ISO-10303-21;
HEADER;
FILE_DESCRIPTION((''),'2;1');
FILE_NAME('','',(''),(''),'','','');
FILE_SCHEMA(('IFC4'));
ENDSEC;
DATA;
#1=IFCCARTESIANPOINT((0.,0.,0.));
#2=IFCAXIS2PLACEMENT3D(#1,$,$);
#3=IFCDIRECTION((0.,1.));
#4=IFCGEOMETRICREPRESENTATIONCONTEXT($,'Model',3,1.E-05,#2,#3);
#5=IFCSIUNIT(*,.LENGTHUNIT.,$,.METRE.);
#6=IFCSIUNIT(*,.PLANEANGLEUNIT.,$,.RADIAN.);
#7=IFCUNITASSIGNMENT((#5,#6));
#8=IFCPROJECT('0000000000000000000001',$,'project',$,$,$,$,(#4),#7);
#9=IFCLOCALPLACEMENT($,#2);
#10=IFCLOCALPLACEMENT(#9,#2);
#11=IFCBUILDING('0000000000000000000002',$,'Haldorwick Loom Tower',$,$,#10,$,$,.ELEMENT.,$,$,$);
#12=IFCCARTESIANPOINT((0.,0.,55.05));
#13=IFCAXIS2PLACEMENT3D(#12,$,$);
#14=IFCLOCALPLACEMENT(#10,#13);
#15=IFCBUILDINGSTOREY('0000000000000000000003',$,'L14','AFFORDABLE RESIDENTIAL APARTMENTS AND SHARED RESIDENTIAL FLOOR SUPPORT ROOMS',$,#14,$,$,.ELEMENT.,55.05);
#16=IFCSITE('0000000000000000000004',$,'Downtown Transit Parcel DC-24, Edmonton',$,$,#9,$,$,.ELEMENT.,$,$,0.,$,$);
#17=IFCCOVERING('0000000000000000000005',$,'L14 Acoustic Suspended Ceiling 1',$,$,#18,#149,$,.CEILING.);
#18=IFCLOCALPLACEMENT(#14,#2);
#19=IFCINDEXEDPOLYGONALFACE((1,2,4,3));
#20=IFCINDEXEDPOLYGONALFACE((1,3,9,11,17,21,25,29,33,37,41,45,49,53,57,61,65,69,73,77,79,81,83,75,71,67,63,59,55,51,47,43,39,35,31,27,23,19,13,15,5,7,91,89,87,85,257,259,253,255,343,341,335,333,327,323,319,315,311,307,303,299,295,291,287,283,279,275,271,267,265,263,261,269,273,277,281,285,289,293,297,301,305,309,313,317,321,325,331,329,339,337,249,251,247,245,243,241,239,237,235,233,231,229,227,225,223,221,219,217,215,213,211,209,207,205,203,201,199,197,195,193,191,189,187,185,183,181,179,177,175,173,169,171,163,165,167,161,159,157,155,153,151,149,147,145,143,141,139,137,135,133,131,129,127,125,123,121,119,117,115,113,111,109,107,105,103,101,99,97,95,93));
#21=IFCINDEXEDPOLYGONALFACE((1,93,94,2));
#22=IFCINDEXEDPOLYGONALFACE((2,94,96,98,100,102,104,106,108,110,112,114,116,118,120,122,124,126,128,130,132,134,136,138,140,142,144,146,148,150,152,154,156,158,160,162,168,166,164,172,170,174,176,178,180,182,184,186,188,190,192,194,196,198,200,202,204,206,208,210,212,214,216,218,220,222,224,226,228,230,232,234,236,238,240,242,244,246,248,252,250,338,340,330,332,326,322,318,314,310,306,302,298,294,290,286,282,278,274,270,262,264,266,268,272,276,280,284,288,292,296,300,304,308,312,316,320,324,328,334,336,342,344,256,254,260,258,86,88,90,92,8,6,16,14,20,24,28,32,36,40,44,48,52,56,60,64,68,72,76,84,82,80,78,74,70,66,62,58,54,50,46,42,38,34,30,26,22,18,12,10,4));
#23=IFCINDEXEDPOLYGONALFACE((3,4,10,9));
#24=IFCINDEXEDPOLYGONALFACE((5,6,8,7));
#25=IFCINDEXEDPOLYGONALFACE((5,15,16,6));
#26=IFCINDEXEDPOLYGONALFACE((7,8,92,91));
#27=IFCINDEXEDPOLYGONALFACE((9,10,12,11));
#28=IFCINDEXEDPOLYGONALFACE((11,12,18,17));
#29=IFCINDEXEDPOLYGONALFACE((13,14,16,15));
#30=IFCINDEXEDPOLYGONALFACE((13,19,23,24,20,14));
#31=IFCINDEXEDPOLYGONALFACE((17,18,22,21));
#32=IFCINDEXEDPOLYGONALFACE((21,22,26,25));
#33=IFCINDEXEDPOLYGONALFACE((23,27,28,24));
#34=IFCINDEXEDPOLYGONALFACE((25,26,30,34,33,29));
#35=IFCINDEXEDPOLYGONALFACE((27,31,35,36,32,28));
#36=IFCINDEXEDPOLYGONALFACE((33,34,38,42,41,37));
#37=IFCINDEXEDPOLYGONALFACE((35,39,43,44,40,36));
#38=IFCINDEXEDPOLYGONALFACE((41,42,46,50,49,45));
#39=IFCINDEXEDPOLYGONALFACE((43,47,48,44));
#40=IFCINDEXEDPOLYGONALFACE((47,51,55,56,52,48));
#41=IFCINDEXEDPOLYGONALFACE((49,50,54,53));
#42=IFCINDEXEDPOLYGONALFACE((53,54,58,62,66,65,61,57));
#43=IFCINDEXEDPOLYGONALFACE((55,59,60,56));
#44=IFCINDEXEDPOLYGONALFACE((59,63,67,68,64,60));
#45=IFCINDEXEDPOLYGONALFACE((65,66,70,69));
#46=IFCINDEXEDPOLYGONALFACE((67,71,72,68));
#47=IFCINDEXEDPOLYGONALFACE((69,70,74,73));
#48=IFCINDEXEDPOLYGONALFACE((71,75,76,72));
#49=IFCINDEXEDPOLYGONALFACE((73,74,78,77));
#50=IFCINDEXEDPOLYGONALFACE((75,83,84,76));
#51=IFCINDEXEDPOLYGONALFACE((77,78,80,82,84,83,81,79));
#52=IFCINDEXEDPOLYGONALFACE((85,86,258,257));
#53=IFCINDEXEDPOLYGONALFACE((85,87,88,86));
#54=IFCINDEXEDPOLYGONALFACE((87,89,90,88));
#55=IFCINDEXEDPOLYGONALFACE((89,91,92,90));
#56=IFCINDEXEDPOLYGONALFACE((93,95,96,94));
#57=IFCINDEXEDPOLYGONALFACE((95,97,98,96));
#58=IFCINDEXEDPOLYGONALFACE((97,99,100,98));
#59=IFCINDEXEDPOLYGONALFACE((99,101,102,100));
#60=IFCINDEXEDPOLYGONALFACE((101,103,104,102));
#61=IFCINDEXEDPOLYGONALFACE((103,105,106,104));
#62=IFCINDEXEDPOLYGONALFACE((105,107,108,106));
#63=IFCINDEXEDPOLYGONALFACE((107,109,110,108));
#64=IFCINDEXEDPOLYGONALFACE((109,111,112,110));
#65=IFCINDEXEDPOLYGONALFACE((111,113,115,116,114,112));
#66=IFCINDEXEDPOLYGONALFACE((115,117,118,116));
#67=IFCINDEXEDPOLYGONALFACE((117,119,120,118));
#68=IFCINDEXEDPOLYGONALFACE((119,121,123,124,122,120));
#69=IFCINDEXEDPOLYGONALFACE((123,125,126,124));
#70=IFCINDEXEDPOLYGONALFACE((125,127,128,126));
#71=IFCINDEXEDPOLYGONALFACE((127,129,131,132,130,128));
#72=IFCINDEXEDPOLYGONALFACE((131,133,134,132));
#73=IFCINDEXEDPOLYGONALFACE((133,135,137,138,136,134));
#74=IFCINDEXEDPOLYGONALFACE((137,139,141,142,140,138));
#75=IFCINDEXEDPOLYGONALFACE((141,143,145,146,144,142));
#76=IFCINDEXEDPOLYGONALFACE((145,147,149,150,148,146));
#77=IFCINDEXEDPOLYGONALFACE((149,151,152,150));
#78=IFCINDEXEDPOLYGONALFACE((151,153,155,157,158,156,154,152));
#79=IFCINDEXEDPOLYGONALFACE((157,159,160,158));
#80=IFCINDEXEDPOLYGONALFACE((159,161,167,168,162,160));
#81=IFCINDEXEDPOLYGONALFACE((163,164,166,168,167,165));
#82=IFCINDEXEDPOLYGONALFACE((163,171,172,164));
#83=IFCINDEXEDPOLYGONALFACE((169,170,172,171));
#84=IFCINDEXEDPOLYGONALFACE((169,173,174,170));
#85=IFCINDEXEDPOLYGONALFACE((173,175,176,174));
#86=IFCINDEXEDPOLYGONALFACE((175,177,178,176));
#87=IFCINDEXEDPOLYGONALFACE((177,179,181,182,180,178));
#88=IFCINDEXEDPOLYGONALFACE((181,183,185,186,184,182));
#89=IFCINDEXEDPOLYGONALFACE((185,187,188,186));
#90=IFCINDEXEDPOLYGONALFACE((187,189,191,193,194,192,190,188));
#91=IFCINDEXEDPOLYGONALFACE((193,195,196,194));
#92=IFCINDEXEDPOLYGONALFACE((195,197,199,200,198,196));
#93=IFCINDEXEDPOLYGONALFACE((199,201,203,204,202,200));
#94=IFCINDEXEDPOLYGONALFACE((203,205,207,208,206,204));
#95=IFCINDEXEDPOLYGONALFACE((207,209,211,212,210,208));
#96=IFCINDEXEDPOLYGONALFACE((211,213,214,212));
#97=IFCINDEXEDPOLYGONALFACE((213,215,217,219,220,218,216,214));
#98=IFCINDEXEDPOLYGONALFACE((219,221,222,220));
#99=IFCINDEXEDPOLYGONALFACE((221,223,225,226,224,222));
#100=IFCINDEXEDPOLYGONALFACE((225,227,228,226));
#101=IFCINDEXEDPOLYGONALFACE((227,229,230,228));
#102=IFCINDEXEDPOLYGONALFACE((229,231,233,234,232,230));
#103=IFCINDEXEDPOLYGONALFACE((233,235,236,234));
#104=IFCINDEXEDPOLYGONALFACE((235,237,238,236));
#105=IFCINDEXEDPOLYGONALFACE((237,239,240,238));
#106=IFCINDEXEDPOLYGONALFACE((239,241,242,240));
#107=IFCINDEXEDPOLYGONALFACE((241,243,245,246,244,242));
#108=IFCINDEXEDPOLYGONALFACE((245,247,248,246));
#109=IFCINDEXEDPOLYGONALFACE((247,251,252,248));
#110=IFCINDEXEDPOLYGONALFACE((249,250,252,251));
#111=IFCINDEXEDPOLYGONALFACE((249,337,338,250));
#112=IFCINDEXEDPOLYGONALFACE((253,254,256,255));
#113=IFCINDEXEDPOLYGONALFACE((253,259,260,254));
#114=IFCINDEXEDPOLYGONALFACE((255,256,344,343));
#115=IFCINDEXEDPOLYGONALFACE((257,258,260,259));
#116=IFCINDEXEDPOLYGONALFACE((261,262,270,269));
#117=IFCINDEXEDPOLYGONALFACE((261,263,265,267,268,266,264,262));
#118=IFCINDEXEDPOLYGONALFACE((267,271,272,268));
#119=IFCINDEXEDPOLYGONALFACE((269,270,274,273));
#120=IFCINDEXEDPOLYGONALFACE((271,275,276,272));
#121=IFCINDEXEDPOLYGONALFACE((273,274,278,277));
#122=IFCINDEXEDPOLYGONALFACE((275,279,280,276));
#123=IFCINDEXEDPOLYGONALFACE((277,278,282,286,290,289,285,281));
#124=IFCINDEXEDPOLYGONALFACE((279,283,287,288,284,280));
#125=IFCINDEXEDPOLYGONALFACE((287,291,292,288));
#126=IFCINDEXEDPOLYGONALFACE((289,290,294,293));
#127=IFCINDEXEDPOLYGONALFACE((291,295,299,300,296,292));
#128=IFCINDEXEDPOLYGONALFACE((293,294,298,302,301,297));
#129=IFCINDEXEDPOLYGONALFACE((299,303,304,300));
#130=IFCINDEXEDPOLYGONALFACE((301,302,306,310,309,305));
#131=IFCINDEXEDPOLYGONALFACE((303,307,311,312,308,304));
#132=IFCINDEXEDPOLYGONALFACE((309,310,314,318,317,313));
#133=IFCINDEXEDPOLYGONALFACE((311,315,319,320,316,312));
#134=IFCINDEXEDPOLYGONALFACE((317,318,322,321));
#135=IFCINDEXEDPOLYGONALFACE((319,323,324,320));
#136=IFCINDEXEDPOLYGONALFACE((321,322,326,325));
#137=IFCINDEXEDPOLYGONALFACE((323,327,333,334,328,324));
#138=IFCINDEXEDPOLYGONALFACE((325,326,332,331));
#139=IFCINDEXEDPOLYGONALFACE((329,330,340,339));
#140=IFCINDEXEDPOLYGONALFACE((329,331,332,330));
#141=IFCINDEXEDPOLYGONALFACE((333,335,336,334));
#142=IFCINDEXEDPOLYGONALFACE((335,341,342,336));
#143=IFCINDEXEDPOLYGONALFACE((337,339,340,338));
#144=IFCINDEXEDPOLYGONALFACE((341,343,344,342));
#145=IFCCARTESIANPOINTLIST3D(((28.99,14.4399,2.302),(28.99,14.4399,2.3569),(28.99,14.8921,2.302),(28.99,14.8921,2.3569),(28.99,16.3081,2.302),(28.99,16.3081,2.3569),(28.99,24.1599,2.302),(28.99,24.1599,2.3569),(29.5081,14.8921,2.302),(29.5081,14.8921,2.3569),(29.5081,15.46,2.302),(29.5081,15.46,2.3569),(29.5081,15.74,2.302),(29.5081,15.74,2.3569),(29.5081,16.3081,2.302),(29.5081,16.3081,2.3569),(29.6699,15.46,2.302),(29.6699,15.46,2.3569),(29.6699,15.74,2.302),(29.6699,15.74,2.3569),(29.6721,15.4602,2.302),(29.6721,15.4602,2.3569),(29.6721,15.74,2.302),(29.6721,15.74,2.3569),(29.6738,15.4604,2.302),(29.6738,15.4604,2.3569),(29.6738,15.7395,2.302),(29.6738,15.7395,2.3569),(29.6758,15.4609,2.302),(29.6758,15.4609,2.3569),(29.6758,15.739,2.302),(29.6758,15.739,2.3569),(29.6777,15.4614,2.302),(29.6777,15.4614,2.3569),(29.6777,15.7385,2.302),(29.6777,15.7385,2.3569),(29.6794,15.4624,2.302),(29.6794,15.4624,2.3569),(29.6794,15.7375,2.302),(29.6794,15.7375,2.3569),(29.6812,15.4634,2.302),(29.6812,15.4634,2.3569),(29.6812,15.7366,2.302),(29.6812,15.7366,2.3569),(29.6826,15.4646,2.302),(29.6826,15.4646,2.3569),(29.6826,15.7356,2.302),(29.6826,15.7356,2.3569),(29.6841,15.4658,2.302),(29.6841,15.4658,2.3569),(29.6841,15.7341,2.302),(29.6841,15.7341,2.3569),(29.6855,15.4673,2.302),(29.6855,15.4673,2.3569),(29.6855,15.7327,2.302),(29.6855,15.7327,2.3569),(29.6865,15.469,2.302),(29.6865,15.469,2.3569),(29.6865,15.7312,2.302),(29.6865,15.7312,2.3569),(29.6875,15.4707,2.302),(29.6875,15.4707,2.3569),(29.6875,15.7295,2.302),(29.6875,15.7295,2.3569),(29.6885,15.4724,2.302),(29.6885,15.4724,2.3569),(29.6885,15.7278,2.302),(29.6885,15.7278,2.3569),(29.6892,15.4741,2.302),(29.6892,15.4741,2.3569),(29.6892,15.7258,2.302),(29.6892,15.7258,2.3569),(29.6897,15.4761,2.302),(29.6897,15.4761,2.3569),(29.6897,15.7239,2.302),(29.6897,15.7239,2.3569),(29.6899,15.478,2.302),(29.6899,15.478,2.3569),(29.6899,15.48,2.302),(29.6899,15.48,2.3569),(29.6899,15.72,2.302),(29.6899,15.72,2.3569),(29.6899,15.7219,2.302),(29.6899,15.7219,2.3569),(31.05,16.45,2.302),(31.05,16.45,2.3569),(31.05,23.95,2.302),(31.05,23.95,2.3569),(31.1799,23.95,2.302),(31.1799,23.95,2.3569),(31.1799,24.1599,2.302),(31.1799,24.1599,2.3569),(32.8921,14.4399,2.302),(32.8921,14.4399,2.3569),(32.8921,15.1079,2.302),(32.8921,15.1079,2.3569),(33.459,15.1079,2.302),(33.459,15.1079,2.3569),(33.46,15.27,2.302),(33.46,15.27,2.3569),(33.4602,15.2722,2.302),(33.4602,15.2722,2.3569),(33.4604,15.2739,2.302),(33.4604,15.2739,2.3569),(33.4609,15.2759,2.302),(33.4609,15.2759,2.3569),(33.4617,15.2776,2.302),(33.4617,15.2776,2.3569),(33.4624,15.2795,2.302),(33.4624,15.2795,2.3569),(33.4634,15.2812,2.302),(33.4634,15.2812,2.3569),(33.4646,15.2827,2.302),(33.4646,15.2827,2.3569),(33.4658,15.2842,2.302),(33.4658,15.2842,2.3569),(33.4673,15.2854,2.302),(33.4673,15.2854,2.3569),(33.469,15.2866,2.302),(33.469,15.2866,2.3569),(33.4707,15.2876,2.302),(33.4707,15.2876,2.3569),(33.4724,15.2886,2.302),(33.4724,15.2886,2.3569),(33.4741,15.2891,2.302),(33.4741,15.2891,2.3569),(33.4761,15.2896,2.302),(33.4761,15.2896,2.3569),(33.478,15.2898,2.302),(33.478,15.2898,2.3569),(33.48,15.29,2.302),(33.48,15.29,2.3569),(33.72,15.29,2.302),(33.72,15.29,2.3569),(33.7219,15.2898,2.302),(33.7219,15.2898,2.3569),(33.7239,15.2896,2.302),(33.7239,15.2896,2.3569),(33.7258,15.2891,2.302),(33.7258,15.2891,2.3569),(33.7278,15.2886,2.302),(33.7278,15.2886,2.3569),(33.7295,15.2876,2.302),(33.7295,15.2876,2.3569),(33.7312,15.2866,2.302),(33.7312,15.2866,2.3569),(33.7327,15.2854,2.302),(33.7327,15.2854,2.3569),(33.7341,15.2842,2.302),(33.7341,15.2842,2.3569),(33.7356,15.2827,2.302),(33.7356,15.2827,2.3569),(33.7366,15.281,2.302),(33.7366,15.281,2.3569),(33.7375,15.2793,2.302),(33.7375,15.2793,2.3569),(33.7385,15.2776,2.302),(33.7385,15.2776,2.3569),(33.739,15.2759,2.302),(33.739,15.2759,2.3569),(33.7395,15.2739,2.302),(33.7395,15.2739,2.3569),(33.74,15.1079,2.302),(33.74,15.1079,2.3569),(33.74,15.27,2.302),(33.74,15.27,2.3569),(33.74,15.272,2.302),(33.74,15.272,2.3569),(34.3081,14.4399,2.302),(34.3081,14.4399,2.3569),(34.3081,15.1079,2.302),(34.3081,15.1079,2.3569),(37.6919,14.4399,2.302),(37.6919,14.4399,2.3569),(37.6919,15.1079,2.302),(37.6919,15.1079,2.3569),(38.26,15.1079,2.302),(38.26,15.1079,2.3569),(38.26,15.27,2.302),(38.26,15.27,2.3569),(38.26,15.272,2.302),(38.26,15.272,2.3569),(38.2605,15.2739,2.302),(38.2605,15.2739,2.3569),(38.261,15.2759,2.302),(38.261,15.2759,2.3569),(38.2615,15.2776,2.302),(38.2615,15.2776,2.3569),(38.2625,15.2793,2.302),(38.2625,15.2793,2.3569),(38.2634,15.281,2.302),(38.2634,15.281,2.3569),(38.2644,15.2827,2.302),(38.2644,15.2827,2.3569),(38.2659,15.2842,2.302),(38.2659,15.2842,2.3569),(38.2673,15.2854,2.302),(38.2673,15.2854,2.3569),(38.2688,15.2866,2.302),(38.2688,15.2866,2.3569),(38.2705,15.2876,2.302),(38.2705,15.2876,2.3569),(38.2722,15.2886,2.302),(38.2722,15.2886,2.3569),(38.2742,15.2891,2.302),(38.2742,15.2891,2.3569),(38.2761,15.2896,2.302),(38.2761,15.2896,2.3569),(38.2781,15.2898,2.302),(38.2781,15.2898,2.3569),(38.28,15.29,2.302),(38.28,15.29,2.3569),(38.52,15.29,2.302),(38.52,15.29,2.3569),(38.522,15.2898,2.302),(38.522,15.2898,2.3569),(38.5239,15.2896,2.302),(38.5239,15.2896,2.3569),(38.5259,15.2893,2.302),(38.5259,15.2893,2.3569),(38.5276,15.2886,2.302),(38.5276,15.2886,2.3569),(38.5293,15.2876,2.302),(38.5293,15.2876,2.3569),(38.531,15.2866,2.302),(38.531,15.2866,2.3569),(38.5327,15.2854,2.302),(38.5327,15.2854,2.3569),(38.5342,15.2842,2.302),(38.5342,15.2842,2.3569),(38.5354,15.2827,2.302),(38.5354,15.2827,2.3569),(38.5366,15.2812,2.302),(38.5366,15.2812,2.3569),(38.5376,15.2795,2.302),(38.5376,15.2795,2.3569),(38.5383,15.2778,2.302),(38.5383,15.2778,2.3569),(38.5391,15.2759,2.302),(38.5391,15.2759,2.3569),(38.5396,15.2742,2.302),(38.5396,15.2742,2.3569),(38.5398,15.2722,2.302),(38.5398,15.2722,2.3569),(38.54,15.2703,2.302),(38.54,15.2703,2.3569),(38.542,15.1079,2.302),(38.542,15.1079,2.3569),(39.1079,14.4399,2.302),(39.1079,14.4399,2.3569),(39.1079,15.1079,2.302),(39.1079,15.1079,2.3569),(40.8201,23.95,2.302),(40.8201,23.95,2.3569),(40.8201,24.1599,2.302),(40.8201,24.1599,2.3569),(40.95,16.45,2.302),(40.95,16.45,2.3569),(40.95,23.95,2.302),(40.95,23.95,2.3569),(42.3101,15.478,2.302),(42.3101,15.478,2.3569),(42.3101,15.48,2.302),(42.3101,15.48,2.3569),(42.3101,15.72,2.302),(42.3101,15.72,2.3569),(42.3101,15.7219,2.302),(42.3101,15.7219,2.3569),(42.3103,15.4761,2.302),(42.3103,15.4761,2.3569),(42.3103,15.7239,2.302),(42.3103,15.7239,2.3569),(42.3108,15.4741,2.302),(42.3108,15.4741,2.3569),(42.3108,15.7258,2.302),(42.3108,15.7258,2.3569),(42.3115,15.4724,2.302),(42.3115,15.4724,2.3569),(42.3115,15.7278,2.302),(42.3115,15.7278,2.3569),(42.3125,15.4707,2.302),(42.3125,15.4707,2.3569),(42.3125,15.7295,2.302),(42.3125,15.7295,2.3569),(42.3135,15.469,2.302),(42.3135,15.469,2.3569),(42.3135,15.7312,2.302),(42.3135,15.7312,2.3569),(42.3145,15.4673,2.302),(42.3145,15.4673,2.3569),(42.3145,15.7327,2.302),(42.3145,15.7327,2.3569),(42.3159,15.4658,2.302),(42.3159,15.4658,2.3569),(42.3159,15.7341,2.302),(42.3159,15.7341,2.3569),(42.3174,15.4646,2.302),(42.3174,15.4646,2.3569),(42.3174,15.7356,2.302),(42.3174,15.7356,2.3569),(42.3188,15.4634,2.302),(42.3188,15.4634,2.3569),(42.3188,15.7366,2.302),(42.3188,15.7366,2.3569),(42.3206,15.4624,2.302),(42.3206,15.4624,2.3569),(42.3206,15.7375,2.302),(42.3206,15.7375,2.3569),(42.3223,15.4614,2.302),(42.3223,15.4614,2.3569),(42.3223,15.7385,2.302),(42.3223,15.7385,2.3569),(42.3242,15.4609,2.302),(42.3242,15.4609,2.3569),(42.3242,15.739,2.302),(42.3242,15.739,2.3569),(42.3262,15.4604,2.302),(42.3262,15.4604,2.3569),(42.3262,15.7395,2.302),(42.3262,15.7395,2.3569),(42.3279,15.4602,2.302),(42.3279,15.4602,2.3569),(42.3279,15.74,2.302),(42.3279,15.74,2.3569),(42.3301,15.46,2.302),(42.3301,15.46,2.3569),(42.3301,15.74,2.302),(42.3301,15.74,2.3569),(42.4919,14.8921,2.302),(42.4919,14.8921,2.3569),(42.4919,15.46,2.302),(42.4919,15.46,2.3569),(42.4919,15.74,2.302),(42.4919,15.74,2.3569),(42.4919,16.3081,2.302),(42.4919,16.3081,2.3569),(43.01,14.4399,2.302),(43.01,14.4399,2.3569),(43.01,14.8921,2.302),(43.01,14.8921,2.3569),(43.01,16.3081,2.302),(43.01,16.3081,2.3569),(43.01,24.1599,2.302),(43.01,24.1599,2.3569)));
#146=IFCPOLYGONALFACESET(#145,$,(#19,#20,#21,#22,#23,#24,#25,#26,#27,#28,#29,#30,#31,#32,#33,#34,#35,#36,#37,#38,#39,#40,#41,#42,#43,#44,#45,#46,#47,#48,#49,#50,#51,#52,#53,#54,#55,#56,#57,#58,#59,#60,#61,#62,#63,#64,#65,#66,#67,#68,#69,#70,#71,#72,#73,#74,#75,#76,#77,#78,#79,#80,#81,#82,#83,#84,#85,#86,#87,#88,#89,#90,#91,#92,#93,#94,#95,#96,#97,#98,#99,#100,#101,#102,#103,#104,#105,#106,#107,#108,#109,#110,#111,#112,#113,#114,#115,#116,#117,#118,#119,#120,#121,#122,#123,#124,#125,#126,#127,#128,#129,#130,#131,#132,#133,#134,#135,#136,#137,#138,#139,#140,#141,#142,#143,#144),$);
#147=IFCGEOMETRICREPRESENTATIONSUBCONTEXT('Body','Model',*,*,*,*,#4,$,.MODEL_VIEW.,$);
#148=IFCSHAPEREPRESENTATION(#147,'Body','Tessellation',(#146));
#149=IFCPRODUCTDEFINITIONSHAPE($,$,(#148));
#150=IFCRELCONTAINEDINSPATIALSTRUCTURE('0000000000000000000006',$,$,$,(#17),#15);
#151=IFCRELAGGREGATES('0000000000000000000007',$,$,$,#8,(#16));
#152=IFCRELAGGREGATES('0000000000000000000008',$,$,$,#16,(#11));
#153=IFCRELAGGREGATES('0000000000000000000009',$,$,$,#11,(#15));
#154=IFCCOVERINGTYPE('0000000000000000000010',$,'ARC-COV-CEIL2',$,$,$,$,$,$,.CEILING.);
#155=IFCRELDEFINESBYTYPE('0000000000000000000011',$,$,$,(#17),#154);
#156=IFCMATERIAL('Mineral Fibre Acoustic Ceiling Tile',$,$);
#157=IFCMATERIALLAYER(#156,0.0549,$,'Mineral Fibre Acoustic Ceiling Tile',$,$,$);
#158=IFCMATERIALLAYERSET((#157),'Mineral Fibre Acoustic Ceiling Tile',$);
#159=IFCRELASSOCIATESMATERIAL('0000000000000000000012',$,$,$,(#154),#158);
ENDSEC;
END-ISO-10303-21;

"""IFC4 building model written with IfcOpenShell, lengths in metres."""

from ifc_helpers import new_model, si_unit, direction, frame, origin, place, context, subcontext, project, spatial, polyline, outline, extrude, material, layer, layer_set, type_object, element, save


model = new_model("IFC4")

# Units and contexts
model_context = context("Model", 3, precision=1e-05, world=origin(), true_north=direction((0.0, 1.0)))
body_context = subcontext(model_context, "Body", "Model", "MODEL_VIEW")
ifc_project = project(units=[si_unit("LENGTHUNIT", "METRE"), si_unit("PLANEANGLEUNIT", "RADIAN")], contexts=[model_context])

# Site, building, storey
site_placement = place(None, origin())
site = spatial("IfcSite", under=ifc_project, at=site_placement, Name="Downtown Transit Parcel DC-24, Edmonton", CompositionType="ELEMENT", RefElevation=0.0)
building_placement = place(site_placement, origin())
building = spatial("IfcBuilding", under=site, at=building_placement, Name="Haldorwick Loom Tower", CompositionType="ELEMENT")
storey_placement = place(building_placement, frame((0.0, 0.0, 55.05)))
storey = spatial("IfcBuildingStorey", under=building, at=storey_placement, Name="L14", Description="AFFORDABLE RESIDENTIAL APARTMENTS AND SHARED RESIDENTIAL FLOOR SUPPORT ROOMS", CompositionType="ELEMENT", Elevation=55.05)

# Covering
ifc_material_1 = material(Name="Mineral Fibre Acoustic Ceiling Tile")
ifc_layer_1 = layer(ifc_material_1, 0.0549, Name="Mineral Fibre Acoustic Ceiling Tile")
ifc_layer_set_1 = layer_set([ifc_layer_1], Name="Mineral Fibre Acoustic Ceiling Tile")
covering_type_1 = type_object("IfcCoveringType", Name="ARC-COV-CEIL2", PredefinedType="CEILING", material=ifc_layer_set_1)
covering_1_placement = place(storey_placement, frame((0.0, 0.0, 2.302)))
element("IfcCovering", 1, at=covering_1_placement, inside=storey, type_object=covering_type_1, Name="L14 Acoustic Suspended Ceiling 1", PredefinedType="CEILING", context=body_context, shape_type="SweptSolid", body=[
    extrude(outline(polyline([(37.6919, 14.4399), (37.6919, 15.1079), (38.26, 15.1079), (38.26, 15.27), (38.26, 15.272), (38.2605, 15.2739), (38.261, 15.2759), (38.2615, 15.2776), (38.2625, 15.2793), (38.2634, 15.281), (38.2644, 15.2827), (38.2659, 15.2842), (38.2673, 15.2854), (38.2688, 15.2866), (38.2705, 15.2876), (38.2722, 15.2886), (38.2742, 15.2891), (38.2761, 15.2896), (38.2781, 15.2898), (38.28, 15.29), (38.52, 15.29), (38.522, 15.2898), (38.5239, 15.2896), (38.5259, 15.2893), (38.5276, 15.2886), (38.5293, 15.2876), (38.531, 15.2866), (38.5327, 15.2854), (38.5342, 15.2842), (38.5354, 15.2827), (38.5366, 15.2812), (38.5376, 15.2795), (38.5383, 15.2778), (38.5391, 15.2759), (38.5396, 15.2742), (38.5398, 15.2722), (38.54, 15.2703), (38.542, 15.1079), (39.1079, 15.1079), (39.1079, 14.4399), (43.01, 14.4399), (43.01, 14.8921), (42.4919, 14.8921), (42.4919, 15.46), (42.3301, 15.46), (42.3279, 15.4602), (42.3262, 15.4604), (42.3242, 15.4609), (42.3223, 15.4614), (42.3206, 15.4624), (42.3188, 15.4634), (42.3174, 15.4646), (42.3159, 15.4658), (42.3145, 15.4673), (42.3135, 15.469), (42.3125, 15.4707), (42.3115, 15.4724), (42.3108, 15.4741), (42.3103, 15.4761), (42.3101, 15.478), (42.3101, 15.48), (42.3101, 15.72), (42.3101, 15.7219), (42.3103, 15.7239), (42.3108, 15.7258), (42.3115, 15.7278), (42.3125, 15.7295), (42.3135, 15.7312), (42.3145, 15.7327), (42.3159, 15.7341), (42.3174, 15.7356), (42.3188, 15.7366), (42.3206, 15.7375), (42.3223, 15.7385), (42.3242, 15.739), (42.3262, 15.7395), (42.3279, 15.74), (42.3301, 15.74), (42.4919, 15.74), (42.4919, 16.3081), (43.01, 16.3081), (43.01, 24.1599), (40.8201, 24.1599), (40.8201, 23.95), (40.95, 23.95), (40.95, 16.45), (31.05, 16.45), (31.05, 23.95), (31.1799, 23.95), (31.1799, 24.1599), (28.99, 24.1599), (28.99, 16.3081), (29.5081, 16.3081), (29.5081, 15.74), (29.6699, 15.74), (29.6721, 15.74), (29.6738, 15.7395), (29.6758, 15.739), (29.6777, 15.7385), (29.6794, 15.7375), (29.6812, 15.7366), (29.6826, 15.7356), (29.6841, 15.7341), (29.6855, 15.7327), (29.6865, 15.7312), (29.6875, 15.7295), (29.6885, 15.7278), (29.6892, 15.7258), (29.6897, 15.7239), (29.6899, 15.7219), (29.6899, 15.72), (29.6899, 15.48), (29.6899, 15.478), (29.6897, 15.4761), (29.6892, 15.4741), (29.6885, 15.4724), (29.6875, 15.4707), (29.6865, 15.469), (29.6855, 15.4673), (29.6841, 15.4658), (29.6826, 15.4646), (29.6812, 15.4634), (29.6794, 15.4624), (29.6777, 15.4614), (29.6758, 15.4609), (29.6738, 15.4604), (29.6721, 15.4602), (29.6699, 15.46), (29.5081, 15.46), (29.5081, 14.8921), (28.99, 14.8921), (28.99, 14.4399), (32.8921, 14.4399), (32.8921, 15.1079), (33.459, 15.1079), (33.46, 15.27), (33.4602, 15.2722), (33.4604, 15.2739), (33.4609, 15.2759), (33.4617, 15.2776), (33.4624, 15.2795), (33.4634, 15.2812), (33.4646, 15.2827), (33.4658, 15.2842), (33.4673, 15.2854), (33.469, 15.2866), (33.4707, 15.2876), (33.4724, 15.2886), (33.4741, 15.2891), (33.4761, 15.2896), (33.478, 15.2898), (33.48, 15.29), (33.72, 15.29), (33.7219, 15.2898), (33.7239, 15.2896), (33.7258, 15.2891), (33.7278, 15.2886), (33.7295, 15.2876), (33.7312, 15.2866), (33.7327, 15.2854), (33.7341, 15.2842), (33.7356, 15.2827), (33.7366, 15.281), (33.7375, 15.2793), (33.7385, 15.2776), (33.739, 15.2759), (33.7395, 15.2739), (33.74, 15.272), (33.74, 15.27), (33.74, 15.1079), (34.3081, 15.1079), (34.3081, 14.4399), (37.6919, 14.4399)])), origin(), (0.0, 0.0, 1.0), 0.0549),
])

save(model, "model.ifc")
